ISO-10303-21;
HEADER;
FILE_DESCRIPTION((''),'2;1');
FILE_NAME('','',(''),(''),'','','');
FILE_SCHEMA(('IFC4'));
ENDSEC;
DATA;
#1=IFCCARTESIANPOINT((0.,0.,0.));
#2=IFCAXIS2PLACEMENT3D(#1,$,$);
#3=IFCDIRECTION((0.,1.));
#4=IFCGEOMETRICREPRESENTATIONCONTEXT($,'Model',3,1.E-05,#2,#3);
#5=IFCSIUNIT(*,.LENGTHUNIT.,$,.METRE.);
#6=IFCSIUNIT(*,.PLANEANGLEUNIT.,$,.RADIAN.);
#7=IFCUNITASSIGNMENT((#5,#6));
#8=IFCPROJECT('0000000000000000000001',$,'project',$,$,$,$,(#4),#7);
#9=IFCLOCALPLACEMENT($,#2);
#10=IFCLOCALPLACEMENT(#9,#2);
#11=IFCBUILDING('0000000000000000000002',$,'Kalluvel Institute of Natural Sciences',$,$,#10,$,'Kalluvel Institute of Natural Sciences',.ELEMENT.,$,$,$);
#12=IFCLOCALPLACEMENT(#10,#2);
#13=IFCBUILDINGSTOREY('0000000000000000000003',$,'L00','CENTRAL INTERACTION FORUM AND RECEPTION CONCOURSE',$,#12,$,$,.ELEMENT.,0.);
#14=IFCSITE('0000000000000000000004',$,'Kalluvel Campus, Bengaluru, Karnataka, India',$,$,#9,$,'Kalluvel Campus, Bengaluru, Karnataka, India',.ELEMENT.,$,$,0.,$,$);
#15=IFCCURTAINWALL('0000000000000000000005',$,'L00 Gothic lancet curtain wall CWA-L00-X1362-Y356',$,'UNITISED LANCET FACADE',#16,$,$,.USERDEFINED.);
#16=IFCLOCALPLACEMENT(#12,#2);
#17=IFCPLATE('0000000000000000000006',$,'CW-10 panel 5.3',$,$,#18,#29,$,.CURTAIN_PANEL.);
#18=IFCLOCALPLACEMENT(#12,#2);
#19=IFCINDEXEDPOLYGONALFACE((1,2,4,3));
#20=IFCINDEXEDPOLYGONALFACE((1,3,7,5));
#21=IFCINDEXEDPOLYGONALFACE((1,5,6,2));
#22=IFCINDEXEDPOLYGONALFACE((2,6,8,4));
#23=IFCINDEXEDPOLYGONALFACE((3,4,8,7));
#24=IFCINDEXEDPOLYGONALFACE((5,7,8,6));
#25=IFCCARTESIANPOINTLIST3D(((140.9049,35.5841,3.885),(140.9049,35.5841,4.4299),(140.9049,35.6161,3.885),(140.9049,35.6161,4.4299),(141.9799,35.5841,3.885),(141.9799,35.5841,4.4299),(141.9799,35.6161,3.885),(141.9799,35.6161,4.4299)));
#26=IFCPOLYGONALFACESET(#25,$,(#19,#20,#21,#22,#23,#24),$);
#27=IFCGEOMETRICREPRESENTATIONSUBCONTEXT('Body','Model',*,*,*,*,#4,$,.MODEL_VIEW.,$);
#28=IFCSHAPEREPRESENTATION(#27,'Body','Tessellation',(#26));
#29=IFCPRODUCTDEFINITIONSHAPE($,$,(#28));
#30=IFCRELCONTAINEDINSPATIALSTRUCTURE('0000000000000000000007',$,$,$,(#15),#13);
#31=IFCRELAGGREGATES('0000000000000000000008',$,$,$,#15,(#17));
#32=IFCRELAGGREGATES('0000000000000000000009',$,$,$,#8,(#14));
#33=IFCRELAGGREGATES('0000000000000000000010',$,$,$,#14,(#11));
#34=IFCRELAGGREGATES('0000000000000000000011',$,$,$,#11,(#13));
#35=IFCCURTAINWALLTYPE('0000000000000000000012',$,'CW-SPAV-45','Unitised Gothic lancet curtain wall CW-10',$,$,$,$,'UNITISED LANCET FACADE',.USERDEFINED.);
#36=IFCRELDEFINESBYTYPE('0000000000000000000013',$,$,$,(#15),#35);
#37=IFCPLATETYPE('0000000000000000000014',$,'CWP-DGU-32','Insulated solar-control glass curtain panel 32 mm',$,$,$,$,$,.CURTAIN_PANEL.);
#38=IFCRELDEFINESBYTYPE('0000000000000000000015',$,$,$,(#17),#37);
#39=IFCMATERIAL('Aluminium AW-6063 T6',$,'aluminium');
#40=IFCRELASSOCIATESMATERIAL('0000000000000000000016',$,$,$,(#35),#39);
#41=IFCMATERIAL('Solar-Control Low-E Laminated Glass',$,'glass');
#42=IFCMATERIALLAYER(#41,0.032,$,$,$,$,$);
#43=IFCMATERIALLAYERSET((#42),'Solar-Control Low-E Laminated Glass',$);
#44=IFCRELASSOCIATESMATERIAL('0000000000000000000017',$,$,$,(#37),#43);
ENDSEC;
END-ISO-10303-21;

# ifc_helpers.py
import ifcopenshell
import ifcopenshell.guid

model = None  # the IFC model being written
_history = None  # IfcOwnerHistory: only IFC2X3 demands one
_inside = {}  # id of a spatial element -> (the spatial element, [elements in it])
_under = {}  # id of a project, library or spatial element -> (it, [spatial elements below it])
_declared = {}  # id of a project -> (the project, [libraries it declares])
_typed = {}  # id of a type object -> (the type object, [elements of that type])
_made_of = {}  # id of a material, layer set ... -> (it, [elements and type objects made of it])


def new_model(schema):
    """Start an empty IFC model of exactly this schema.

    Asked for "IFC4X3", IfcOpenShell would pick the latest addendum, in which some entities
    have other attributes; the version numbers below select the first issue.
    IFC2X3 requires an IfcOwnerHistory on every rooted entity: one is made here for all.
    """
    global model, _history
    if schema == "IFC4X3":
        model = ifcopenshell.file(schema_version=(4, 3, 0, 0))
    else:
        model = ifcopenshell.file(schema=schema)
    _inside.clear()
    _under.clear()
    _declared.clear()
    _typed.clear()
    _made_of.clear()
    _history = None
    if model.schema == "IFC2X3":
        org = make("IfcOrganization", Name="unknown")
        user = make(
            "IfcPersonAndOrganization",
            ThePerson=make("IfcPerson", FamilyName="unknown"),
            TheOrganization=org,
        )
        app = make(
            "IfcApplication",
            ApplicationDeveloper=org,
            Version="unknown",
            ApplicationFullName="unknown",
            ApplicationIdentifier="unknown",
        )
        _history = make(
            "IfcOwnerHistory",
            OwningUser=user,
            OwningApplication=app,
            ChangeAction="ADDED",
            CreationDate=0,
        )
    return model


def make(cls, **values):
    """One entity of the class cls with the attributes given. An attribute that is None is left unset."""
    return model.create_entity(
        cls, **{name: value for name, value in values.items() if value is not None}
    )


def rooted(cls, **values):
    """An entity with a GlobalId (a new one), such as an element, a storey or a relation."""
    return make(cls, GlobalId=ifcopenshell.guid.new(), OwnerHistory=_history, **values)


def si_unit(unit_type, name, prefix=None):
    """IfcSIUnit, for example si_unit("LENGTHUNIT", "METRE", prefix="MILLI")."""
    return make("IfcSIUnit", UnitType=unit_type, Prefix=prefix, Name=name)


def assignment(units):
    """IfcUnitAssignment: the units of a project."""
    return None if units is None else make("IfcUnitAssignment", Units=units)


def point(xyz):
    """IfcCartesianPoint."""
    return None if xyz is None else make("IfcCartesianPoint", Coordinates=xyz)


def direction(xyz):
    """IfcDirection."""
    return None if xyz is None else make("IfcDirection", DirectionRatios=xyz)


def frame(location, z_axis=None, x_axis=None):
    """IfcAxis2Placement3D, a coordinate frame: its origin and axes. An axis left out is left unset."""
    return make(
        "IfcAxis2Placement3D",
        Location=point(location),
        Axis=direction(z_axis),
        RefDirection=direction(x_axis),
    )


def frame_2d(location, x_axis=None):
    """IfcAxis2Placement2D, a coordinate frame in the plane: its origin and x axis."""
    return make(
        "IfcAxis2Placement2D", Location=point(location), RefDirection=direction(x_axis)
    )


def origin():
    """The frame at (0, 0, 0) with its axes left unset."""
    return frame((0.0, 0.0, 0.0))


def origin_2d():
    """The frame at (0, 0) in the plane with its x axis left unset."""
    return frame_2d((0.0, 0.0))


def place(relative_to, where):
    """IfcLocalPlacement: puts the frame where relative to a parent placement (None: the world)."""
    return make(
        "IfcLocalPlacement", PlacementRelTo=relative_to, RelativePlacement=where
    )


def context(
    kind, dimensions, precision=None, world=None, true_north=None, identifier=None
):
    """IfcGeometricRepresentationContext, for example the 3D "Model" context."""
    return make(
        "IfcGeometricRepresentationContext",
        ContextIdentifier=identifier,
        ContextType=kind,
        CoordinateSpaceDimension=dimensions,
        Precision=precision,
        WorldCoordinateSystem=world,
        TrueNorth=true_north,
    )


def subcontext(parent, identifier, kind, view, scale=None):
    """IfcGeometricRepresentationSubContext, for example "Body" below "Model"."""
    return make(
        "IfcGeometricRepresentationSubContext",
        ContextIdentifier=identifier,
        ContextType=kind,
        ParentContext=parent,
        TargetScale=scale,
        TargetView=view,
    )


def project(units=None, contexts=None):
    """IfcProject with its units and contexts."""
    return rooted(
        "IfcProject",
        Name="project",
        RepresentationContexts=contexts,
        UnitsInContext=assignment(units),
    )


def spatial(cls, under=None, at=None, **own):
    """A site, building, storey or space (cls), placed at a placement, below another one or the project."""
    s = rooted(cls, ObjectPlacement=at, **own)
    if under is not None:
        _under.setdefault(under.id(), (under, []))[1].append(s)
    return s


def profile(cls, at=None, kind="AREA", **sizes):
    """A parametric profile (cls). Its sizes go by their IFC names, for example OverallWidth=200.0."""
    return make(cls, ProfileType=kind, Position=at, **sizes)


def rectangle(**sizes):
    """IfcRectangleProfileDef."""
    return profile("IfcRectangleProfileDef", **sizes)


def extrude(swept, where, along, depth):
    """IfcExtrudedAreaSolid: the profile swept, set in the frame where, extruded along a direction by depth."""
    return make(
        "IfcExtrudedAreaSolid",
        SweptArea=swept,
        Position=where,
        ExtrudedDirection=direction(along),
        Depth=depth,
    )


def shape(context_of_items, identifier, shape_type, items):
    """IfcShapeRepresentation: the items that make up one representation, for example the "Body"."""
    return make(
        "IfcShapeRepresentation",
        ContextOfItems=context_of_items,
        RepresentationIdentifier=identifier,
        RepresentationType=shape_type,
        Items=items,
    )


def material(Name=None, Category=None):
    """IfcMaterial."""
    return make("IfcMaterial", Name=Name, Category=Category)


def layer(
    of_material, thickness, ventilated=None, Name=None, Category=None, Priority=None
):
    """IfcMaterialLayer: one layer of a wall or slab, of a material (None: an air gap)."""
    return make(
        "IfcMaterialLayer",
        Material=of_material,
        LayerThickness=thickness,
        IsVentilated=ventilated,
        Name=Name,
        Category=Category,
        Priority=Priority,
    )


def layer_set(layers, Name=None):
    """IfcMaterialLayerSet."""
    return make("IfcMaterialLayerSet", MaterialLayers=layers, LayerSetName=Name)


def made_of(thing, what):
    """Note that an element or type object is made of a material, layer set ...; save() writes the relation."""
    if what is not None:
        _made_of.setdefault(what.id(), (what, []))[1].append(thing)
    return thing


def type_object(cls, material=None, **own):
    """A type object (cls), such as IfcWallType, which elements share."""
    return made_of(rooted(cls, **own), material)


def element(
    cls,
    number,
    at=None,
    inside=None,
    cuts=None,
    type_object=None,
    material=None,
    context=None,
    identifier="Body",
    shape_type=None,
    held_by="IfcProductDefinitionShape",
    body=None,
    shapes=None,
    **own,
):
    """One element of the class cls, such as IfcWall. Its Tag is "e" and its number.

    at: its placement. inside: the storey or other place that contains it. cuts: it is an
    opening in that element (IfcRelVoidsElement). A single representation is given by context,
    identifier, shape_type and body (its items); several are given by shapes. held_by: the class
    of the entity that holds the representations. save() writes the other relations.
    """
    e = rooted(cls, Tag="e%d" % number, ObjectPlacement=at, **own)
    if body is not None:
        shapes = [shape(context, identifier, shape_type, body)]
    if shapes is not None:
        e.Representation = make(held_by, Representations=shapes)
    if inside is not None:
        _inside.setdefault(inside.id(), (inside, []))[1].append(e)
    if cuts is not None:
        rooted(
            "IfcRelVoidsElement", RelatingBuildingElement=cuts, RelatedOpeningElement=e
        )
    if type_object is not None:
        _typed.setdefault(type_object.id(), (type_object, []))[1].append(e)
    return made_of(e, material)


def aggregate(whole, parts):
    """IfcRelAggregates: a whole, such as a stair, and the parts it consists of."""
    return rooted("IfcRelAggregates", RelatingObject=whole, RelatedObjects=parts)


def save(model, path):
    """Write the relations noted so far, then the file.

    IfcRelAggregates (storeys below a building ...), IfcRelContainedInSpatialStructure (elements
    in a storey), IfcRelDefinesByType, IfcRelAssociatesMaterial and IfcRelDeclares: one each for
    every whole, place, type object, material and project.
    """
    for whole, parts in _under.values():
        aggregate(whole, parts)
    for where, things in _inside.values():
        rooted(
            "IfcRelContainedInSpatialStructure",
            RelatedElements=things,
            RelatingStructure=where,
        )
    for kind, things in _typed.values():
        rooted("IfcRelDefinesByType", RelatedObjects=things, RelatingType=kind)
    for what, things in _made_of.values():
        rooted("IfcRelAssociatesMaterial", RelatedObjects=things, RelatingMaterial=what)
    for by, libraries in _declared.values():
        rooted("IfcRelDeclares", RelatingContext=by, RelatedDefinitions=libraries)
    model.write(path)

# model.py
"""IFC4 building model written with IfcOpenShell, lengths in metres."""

from ifc_helpers import new_model, si_unit, direction, frame, origin, origin_2d, place, context, subcontext, project, spatial, rectangle, extrude, material, layer, layer_set, type_object, element, aggregate, save


model = new_model("IFC4")

# Units and contexts
model_context = context("Model", 3, precision=1e-05, world=origin(), true_north=direction((0.0, 1.0)))
body_context = subcontext(model_context, "Body", "Model", "MODEL_VIEW")
ifc_project = project(units=[si_unit("LENGTHUNIT", "METRE"), si_unit("PLANEANGLEUNIT", "RADIAN")], contexts=[model_context])

# Site, building, storey
site_placement = place(None, origin())
site = spatial("IfcSite", under=ifc_project, at=site_placement, Name="Kalluvel Campus, Bengaluru, Karnataka, India", LongName="Kalluvel Campus, Bengaluru, Karnataka, India", CompositionType="ELEMENT", RefElevation=0.0)
building_placement = place(site_placement, origin())
building = spatial("IfcBuilding", under=site, at=building_placement, Name="Kalluvel Institute of Natural Sciences", LongName="Kalluvel Institute of Natural Sciences", CompositionType="ELEMENT")
storey_placement = place(building_placement, origin())
storey = spatial("IfcBuildingStorey", under=building, at=storey_placement, Name="L00", Description="CENTRAL INTERACTION FORUM AND RECEPTION CONCOURSE", CompositionType="ELEMENT", Elevation=0.0)

# Curtain wall, plate
ifc_material_1 = material(Name="Aluminium AW-6063 T6", Category="aluminium")
curtain_wall_type = type_object("IfcCurtainWallType", Name="CW-SPAV-45", Description="Unitised Gothic lancet curtain wall CW-10", ElementType="UNITISED LANCET FACADE", PredefinedType="USERDEFINED", material=ifc_material_1)
curtain_wall_placement = place(storey_placement, origin())
curtain_wall = element("IfcCurtainWall", 1, at=curtain_wall_placement, inside=storey, type_object=curtain_wall_type, Name="L00 Gothic lancet curtain wall CWA-L00-X1362-Y356", ObjectType="UNITISED LANCET FACADE", PredefinedType="USERDEFINED")
ifc_material_2 = material(Name="Solar-Control Low-E Laminated Glass", Category="glass")
ifc_layer = layer(ifc_material_2, 0.032)
ifc_layer_set = layer_set([ifc_layer], Name="Solar-Control Low-E Laminated Glass")
plate_type = type_object("IfcPlateType", Name="CWP-DGU-32", Description="Insulated solar-control glass curtain panel 32 mm", PredefinedType="CURTAIN_PANEL", material=ifc_layer_set)
plate_1_placement = place(storey_placement, frame((141.4424, 35.6001, 3.885), z_axis=(0.0, 0.0, 1.0), x_axis=(1.0, 0.0, 0.0)))
plate_1 = element("IfcPlate", 2, at=plate_1_placement, type_object=plate_type, Name="CW-10 panel 5.3", PredefinedType="CURTAIN_PANEL", context=body_context, shape_type="SweptSolid", body=[
    extrude(rectangle(XDim=1.075, YDim=0.032, at=origin_2d()), origin(), (0.0, 0.0, 1.0), 0.5449),
])
aggregate(curtain_wall, [plate_1])

save(model, "model.ifc")
